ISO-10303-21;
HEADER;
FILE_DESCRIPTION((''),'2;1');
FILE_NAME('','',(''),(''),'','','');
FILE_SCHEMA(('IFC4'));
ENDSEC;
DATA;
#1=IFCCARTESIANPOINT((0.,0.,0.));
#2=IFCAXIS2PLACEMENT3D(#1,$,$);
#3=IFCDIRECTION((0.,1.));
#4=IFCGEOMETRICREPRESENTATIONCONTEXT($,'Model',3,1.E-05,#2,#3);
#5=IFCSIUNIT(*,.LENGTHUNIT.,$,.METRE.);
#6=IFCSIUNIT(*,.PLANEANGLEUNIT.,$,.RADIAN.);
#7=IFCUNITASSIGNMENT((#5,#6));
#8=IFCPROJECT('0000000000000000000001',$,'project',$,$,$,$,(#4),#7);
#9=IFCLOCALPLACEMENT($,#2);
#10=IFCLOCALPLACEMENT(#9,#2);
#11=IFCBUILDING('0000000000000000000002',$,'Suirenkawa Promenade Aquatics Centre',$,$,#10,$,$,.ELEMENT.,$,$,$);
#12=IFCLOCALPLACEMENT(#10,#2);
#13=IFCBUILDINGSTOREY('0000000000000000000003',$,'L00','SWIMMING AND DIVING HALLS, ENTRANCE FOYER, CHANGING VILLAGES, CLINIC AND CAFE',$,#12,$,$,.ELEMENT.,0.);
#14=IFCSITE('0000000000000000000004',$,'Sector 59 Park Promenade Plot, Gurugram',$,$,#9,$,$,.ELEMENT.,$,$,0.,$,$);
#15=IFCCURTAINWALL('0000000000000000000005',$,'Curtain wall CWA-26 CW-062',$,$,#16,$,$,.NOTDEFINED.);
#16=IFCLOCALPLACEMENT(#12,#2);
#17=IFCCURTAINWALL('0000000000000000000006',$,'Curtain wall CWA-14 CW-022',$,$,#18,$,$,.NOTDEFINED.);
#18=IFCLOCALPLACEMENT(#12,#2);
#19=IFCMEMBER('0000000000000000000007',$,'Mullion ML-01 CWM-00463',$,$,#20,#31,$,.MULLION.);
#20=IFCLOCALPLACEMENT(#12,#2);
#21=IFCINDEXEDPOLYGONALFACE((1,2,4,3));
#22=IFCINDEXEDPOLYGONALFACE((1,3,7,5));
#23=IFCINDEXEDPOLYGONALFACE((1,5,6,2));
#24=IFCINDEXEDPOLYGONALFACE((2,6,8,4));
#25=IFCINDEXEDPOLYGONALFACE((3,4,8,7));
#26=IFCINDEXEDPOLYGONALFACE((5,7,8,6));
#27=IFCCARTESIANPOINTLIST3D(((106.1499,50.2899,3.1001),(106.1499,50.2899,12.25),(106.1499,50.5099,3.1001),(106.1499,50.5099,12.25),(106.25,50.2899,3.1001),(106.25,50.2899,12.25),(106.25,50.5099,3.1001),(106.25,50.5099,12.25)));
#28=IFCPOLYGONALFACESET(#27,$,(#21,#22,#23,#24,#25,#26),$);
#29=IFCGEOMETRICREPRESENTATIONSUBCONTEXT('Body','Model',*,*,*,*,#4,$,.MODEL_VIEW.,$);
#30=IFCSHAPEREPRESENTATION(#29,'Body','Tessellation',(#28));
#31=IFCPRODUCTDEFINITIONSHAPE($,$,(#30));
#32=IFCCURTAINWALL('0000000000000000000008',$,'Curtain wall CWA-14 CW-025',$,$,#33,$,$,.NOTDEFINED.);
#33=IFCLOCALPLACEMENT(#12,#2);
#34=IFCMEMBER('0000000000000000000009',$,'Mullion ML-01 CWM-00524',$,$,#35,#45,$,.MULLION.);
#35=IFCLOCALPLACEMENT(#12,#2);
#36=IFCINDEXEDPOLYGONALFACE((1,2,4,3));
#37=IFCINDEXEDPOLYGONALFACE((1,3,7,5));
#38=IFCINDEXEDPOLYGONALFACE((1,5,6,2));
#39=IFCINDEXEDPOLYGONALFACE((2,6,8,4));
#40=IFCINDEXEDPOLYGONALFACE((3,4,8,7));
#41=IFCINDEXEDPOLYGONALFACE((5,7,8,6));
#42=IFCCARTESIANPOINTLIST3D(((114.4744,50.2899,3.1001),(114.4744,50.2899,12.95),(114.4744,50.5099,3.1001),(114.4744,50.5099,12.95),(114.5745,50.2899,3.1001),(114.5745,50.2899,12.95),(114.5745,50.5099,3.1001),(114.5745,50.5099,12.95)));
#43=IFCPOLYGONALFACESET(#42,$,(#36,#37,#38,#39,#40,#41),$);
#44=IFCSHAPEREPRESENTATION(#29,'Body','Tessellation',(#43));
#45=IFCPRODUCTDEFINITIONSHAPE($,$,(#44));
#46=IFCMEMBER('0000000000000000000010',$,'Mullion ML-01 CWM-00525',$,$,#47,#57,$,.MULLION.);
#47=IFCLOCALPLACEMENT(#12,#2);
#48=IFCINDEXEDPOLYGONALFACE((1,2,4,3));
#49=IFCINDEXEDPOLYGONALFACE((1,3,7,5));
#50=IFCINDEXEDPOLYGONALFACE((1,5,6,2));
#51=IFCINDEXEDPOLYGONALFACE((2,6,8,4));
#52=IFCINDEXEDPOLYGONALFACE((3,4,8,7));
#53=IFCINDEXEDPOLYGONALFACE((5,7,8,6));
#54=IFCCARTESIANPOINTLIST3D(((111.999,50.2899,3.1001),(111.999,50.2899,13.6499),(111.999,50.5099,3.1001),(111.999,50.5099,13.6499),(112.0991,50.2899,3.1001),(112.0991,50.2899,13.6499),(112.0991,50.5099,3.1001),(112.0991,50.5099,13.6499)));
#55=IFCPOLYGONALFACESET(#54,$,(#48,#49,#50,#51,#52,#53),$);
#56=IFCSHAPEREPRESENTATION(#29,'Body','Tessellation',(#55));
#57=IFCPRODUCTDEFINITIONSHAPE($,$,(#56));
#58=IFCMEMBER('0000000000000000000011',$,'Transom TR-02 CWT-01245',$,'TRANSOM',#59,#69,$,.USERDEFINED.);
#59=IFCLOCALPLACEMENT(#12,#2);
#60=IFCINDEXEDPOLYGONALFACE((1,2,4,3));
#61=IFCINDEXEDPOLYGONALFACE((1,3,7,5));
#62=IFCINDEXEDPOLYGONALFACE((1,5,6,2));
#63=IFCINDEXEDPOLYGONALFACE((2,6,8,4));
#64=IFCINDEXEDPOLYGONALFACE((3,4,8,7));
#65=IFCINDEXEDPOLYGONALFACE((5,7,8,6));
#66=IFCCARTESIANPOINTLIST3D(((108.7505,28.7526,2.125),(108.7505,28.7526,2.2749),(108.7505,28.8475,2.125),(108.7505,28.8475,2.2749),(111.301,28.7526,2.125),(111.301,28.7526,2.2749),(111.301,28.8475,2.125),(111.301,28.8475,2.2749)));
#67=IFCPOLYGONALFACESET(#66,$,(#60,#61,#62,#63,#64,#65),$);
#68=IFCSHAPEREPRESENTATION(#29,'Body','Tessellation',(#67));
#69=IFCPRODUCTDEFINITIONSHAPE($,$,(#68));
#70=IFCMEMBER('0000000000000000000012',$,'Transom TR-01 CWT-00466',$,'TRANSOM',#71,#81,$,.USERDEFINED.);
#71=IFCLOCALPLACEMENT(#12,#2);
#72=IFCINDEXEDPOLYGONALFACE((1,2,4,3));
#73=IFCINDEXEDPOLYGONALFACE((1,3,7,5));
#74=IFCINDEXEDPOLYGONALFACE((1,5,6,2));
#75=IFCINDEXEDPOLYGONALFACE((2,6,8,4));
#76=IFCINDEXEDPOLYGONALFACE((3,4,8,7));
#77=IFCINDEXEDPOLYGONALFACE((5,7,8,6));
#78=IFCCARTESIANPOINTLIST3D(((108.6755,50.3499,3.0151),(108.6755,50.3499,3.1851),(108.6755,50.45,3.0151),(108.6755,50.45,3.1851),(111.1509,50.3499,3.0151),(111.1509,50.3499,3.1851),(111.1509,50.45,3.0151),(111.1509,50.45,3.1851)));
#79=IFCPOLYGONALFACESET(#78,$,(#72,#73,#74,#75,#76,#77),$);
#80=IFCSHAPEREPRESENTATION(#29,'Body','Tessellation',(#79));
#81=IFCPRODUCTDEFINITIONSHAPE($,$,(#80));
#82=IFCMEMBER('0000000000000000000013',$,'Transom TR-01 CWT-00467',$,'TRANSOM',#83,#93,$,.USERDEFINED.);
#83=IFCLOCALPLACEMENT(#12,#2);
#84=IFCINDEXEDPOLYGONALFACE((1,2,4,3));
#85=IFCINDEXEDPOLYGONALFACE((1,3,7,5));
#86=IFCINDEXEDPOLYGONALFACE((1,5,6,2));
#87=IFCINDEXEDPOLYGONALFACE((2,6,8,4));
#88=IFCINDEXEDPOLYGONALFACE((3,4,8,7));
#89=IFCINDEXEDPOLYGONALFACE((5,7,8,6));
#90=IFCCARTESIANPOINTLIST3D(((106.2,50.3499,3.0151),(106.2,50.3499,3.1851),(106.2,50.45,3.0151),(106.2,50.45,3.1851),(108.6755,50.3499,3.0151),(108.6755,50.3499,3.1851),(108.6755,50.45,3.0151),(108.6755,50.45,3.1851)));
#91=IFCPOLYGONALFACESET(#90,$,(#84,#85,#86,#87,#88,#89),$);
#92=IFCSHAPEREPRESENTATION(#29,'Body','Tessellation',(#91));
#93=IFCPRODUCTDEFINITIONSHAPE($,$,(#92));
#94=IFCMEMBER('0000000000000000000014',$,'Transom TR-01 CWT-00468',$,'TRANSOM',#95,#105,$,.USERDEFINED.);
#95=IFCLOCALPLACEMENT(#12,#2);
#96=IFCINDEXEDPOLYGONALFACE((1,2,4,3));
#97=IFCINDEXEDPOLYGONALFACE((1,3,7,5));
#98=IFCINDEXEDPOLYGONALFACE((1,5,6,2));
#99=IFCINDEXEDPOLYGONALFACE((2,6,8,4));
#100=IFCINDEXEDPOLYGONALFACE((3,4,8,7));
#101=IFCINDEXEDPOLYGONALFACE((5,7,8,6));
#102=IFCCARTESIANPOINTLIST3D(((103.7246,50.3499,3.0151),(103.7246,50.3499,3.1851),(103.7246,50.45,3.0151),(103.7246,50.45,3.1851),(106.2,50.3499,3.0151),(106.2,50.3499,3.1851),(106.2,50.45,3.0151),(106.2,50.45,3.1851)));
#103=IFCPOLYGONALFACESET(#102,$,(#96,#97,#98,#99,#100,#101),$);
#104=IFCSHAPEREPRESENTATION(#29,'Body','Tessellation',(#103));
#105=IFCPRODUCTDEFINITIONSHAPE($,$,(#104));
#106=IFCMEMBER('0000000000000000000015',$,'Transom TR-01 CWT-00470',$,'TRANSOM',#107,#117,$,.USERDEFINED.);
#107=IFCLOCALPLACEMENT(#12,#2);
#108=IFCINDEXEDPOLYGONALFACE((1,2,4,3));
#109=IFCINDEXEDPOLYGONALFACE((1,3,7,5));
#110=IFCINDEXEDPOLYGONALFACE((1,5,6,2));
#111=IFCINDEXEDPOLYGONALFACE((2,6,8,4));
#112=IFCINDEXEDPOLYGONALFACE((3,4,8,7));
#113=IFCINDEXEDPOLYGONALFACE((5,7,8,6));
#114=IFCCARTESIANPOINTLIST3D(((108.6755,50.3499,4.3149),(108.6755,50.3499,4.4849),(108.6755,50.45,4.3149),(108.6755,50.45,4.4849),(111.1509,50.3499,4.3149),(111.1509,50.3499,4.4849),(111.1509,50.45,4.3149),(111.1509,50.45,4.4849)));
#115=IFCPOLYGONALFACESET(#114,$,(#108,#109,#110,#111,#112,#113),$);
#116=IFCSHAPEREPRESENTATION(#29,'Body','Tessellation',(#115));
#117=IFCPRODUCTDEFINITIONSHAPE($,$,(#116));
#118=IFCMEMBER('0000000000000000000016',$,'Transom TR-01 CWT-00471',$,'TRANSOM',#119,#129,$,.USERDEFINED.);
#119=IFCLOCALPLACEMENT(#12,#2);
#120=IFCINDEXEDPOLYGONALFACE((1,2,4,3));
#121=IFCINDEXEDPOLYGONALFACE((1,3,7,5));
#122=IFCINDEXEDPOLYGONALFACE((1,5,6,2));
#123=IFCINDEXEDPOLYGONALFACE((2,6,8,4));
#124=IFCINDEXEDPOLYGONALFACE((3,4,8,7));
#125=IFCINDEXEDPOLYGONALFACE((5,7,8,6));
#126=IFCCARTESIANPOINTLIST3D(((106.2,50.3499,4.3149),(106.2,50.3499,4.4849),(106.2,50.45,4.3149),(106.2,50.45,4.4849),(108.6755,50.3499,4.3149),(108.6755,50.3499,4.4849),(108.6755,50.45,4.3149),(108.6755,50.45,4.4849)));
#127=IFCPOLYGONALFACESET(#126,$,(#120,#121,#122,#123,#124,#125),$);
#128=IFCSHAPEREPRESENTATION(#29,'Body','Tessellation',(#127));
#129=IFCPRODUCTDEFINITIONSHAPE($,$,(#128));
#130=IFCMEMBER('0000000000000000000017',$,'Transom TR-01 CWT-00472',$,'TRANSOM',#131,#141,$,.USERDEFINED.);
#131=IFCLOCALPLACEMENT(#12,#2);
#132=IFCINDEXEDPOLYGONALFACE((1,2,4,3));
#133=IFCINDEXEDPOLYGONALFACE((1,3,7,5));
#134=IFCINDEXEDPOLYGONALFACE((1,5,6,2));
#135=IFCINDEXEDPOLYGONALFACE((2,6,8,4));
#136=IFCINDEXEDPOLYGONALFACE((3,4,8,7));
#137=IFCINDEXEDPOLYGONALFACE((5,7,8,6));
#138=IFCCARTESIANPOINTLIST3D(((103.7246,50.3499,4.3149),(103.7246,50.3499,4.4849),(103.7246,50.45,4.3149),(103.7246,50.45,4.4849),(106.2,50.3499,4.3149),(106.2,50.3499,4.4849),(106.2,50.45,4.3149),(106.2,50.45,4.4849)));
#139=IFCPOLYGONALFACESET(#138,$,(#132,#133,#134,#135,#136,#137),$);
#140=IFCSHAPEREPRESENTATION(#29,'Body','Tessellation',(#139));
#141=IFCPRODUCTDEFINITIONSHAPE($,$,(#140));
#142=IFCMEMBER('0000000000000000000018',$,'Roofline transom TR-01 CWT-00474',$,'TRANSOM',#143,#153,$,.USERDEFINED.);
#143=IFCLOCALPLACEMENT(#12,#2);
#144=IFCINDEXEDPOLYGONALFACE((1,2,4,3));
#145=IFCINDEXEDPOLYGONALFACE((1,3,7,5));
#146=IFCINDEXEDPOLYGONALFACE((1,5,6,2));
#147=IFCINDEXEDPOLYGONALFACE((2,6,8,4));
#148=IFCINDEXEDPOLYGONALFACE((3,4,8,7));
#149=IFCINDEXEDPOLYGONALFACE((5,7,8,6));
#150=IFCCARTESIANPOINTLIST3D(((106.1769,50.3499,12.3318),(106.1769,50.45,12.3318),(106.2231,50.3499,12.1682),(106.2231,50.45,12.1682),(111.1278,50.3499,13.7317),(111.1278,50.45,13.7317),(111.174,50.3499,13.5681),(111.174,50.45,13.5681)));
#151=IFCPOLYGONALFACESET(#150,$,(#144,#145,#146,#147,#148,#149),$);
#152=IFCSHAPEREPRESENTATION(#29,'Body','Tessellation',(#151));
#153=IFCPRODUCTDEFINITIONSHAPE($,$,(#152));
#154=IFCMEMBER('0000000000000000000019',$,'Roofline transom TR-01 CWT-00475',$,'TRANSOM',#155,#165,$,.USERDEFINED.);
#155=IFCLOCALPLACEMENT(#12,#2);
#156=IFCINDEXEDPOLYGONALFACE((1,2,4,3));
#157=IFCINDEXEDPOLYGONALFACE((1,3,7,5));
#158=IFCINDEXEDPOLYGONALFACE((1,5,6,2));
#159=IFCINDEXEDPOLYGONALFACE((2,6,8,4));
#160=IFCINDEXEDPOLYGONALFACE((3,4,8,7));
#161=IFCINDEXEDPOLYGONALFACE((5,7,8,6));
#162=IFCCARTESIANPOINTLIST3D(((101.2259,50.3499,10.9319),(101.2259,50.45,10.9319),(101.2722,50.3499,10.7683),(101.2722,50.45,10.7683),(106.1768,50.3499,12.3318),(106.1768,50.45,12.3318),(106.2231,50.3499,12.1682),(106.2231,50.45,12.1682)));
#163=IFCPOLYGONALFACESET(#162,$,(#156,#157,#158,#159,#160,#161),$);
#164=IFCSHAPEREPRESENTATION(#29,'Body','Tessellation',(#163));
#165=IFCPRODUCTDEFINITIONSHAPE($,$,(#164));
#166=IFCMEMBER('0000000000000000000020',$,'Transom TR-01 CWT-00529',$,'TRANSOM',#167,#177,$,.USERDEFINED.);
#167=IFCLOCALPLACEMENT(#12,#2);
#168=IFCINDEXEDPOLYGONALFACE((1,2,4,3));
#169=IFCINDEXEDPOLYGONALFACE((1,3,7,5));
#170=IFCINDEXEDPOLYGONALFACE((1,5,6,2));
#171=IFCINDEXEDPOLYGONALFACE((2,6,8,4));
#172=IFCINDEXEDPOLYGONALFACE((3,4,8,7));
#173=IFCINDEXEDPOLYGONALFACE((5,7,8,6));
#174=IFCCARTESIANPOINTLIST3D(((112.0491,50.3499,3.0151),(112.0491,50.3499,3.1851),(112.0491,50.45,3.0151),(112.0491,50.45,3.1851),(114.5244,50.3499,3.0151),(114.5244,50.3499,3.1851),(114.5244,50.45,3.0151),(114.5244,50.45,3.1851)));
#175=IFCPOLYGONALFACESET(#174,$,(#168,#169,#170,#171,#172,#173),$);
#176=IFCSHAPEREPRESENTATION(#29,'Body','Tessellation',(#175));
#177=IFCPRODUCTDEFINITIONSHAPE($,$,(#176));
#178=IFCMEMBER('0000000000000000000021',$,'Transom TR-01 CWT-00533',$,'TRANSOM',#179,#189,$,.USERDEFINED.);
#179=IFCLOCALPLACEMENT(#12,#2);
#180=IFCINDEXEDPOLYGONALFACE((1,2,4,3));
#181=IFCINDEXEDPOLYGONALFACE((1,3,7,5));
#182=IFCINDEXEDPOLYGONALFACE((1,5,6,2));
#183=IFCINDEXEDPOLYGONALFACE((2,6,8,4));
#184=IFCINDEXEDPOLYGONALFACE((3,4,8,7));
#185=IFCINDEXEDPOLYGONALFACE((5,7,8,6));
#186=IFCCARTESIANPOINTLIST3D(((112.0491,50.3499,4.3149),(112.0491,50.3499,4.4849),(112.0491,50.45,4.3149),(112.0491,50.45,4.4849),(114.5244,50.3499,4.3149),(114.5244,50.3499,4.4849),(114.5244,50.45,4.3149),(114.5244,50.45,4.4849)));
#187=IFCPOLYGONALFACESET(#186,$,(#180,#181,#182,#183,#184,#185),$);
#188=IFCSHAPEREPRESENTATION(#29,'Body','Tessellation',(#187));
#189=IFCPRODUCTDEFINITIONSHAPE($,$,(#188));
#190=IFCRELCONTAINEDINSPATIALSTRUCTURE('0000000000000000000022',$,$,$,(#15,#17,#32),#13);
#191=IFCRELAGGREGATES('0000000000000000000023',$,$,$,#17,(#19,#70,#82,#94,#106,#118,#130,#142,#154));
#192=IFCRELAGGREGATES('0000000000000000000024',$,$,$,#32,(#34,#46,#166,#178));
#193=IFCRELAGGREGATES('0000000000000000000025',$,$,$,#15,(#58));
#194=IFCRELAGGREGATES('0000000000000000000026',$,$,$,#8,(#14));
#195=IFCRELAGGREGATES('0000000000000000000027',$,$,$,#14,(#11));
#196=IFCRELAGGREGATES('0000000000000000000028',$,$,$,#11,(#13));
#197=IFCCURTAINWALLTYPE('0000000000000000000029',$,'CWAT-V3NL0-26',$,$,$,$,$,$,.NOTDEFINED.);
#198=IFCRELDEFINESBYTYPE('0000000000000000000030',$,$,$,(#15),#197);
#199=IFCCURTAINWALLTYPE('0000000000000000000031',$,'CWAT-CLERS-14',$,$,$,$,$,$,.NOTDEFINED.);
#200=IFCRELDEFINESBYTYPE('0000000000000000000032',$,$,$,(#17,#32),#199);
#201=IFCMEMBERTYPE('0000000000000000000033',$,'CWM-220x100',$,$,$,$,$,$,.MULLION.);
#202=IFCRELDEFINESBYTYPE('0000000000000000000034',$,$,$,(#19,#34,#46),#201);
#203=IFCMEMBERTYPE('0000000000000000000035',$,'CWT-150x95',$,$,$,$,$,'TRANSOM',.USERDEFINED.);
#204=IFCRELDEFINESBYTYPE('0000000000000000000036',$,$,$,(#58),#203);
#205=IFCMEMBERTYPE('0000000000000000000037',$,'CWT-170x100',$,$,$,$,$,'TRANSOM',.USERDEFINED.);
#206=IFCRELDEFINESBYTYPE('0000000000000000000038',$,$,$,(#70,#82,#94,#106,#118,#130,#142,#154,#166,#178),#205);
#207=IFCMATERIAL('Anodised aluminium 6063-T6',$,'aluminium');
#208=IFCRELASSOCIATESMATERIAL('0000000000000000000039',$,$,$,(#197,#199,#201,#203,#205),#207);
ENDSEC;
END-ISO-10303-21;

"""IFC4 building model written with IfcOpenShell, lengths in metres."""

from ifc_helpers import new_model, si_unit, direction, frame, origin, origin_2d, place, context, subcontext, project, spatial, rectangle, extrude, material, material_profile, profile_set, type_object, element, aggregate, save


model = new_model("IFC4")

# Units and contexts
model_context = context("Model", 3, precision=1e-05, world=origin(), true_north=direction((0.0, 1.0)))
body_context = subcontext(model_context, "Body", "Model", "MODEL_VIEW")
ifc_project = project(units=[si_unit("LENGTHUNIT", "METRE"), si_unit("PLANEANGLEUNIT", "RADIAN")], contexts=[model_context])

# Site, building, storey
site_placement = place(None, origin())
site = spatial("IfcSite", under=ifc_project, at=site_placement, Name="Sector 59 Park Promenade Plot, Gurugram", CompositionType="ELEMENT", RefElevation=0.0)
building_placement = place(site_placement, origin())
building = spatial("IfcBuilding", under=site, at=building_placement, Name="Suirenkawa Promenade Aquatics Centre", CompositionType="ELEMENT")
storey_placement = place(building_placement, origin())
storey = spatial("IfcBuildingStorey", under=building, at=storey_placement, Name="L00", Description="SWIMMING AND DIVING HALLS, ENTRANCE FOYER, CHANGING VILLAGES, CLINIC AND CAFE", CompositionType="ELEMENT", Elevation=0.0)

# Curtain wall
ifc_material_1 = material(Name="Anodised aluminium 6063-T6", Category="aluminium")
curtain_wall_type_1 = type_object("IfcCurtainWallType", Name="CWAT-V3NL0-26", PredefinedType="NOTDEFINED", material=ifc_material_1)
curtain_wall_1_placement = place(storey_placement, origin())
curtain_wall_1 = element("IfcCurtainWall", 1, at=curtain_wall_1_placement, inside=storey, type_object=curtain_wall_type_1, Name="Curtain wall CWA-26 CW-062", PredefinedType="NOTDEFINED")

# Curtain walls, members
curtain_wall_type_2 = type_object("IfcCurtainWallType", Name="CWAT-CLERS-14", PredefinedType="NOTDEFINED", material=ifc_material_1)
curtain_wall_2_placement = place(storey_placement, origin())
curtain_wall_2 = element("IfcCurtainWall", 2, at=curtain_wall_2_placement, inside=storey, type_object=curtain_wall_type_2, Name="Curtain wall CWA-14 CW-022", PredefinedType="NOTDEFINED")
ifc_material_profile_1 = material_profile(ifc_material_1, rectangle(XDim=0.1001, YDim=0.22, at=origin_2d()), Name="ALU MULL 100x220", Category="aluminium")
ifc_profile_set_1 = profile_set([ifc_material_profile_1], Name="Anodised aluminium 6063-T6")
member_type_1 = type_object("IfcMemberType", Name="CWM-220x100", PredefinedType="MULLION", material=ifc_profile_set_1)
member_1_placement = place(storey_placement, frame((106.2, 50.3999, 3.1001), z_axis=(0.0, 0.0, 1.0), x_axis=(-1.0, 0.0, 0.0)))
member_1 = element("IfcMember", 3, at=member_1_placement, type_object=member_type_1, Name="Mullion ML-01 CWM-00463", PredefinedType="MULLION", context=body_context, shape_type="SweptSolid", body=[
    extrude(rectangle(XDim=0.1001, YDim=0.22, at=origin_2d()), origin(), (0.0, 0.0, 1.0), 9.1499),
])
curtain_wall_3_placement = place(storey_placement, origin())
curtain_wall_3 = element("IfcCurtainWall", 4, at=curtain_wall_3_placement, inside=storey, type_object=curtain_wall_type_2, Name="Curtain wall CWA-14 CW-025", PredefinedType="NOTDEFINED")
member_2_placement = place(storey_placement, frame((114.5244, 50.3999, 3.1001), z_axis=(0.0, 0.0, 1.0), x_axis=(-1.0, 0.0, 0.0)))
member_2 = element("IfcMember", 5, at=member_2_placement, type_object=member_type_1, Name="Mullion ML-01 CWM-00524", PredefinedType="MULLION", context=body_context, shape_type="SweptSolid", body=[
    extrude(rectangle(XDim=0.1001, YDim=0.22, at=origin_2d()), origin(), (0.0, 0.0, 1.0), 9.8499),
])
member_3_placement = place(storey_placement, frame((112.0491, 50.3999, 3.1001), z_axis=(0.0, 0.0, 1.0), x_axis=(-1.0, 0.0, 0.0)))
member_3 = element("IfcMember", 6, at=member_3_placement, type_object=member_type_1, Name="Mullion ML-01 CWM-00525", PredefinedType="MULLION", context=body_context, shape_type="SweptSolid", body=[
    extrude(rectangle(XDim=0.1001, YDim=0.22, at=origin_2d()), origin(), (0.0, 0.0, 1.0), 10.5498),
])

# Members
ifc_material_profile_2 = material_profile(ifc_material_1, rectangle(XDim=0.095, YDim=0.1499, at=origin_2d()), Name="ALU TRAN 95x150", Category="aluminium")
ifc_profile_set_2 = profile_set([ifc_material_profile_2], Name="Anodised aluminium 6063-T6")
member_type_2 = type_object("IfcMemberType", Name="CWT-150x95", ElementType="TRANSOM", PredefinedType="USERDEFINED", material=ifc_profile_set_2)
member_4_placement = place(storey_placement, frame((108.7505, 28.8, 2.2), z_axis=(1.0, 0.0, 0.0), x_axis=(0.0, 1.0, 0.0)))
member_4 = element("IfcMember", 7, at=member_4_placement, type_object=member_type_2, Name="Transom TR-02 CWT-01245", ObjectType="TRANSOM", PredefinedType="USERDEFINED", context=body_context, shape_type="SweptSolid", body=[
    extrude(rectangle(XDim=0.095, YDim=0.1499, at=origin_2d()), origin(), (0.0, 0.0, 1.0), 2.5505),
])
ifc_material_profile_3 = material_profile(ifc_material_1, rectangle(XDim=0.1001, YDim=0.1699, at=origin_2d()), Name="ALU TRAN 100x170", Category="aluminium")
ifc_profile_set_3 = profile_set([ifc_material_profile_3], Name="Anodised aluminium 6063-T6")
member_type_3 = type_object("IfcMemberType", Name="CWT-170x100", ElementType="TRANSOM", PredefinedType="USERDEFINED", material=ifc_profile_set_3)
member_5_placement = place(storey_placement, frame((111.1509, 50.3999, 3.1001), z_axis=(-1.0, 0.0, 0.0), x_axis=(0.0, -1.0, 0.0)))
member_5 = element("IfcMember", 8, at=member_5_placement, type_object=member_type_3, Name="Transom TR-01 CWT-00466", ObjectType="TRANSOM", PredefinedType="USERDEFINED", context=body_context, shape_type="SweptSolid", body=[
    extrude(rectangle(XDim=0.1001, YDim=0.1699, at=origin_2d()), origin(), (0.0, 0.0, 1.0), 2.4753),
])
member_6_placement = place(storey_placement, frame((108.6755, 50.3999, 3.1001), z_axis=(-1.0, 0.0, 0.0), x_axis=(0.0, -1.0, 0.0)))
member_6 = element("IfcMember", 9, at=member_6_placement, type_object=member_type_3, Name="Transom TR-01 CWT-00467", ObjectType="TRANSOM", PredefinedType="USERDEFINED", context=body_context, shape_type="SweptSolid", body=[
    extrude(rectangle(XDim=0.1001, YDim=0.1699, at=origin_2d()), origin(), (0.0, 0.0, 1.0), 2.4756),
])
member_7_placement = place(storey_placement, frame((106.2, 50.3999, 3.1001), z_axis=(-1.0, 0.0, 0.0), x_axis=(0.0, -1.0, 0.0)))
member_7 = element("IfcMember", 10, at=member_7_placement, type_object=member_type_3, Name="Transom TR-01 CWT-00468", ObjectType="TRANSOM", PredefinedType="USERDEFINED", context=body_context, shape_type="SweptSolid", body=[
    extrude(rectangle(XDim=0.1001, YDim=0.1699, at=origin_2d()), origin(), (0.0, 0.0, 1.0), 2.4753),
])
member_8_placement = place(storey_placement, frame((111.1509, 50.3999, 4.3999), z_axis=(-1.0, 0.0, 0.0), x_axis=(0.0, -1.0, 0.0)))
member_8 = element("IfcMember", 11, at=member_8_placement, type_object=member_type_3, Name="Transom TR-01 CWT-00470", ObjectType="TRANSOM", PredefinedType="USERDEFINED", context=body_context, shape_type="SweptSolid", body=[
    extrude(rectangle(XDim=0.1001, YDim=0.1699, at=origin_2d()), origin(), (0.0, 0.0, 1.0), 2.4753),
])
member_9_placement = place(storey_placement, frame((108.6755, 50.3999, 4.3999), z_axis=(-1.0, 0.0, 0.0), x_axis=(0.0, -1.0, 0.0)))
member_9 = element("IfcMember", 12, at=member_9_placement, type_object=member_type_3, Name="Transom TR-01 CWT-00471", ObjectType="TRANSOM", PredefinedType="USERDEFINED", context=body_context, shape_type="SweptSolid", body=[
    extrude(rectangle(XDim=0.1001, YDim=0.1699, at=origin_2d()), origin(), (0.0, 0.0, 1.0), 2.4756),
])
member_10_placement = place(storey_placement, frame((106.2, 50.3999, 4.3999), z_axis=(-1.0, 0.0, 0.0), x_axis=(0.0, -1.0, 0.0)))
member_10 = element("IfcMember", 13, at=member_10_placement, type_object=member_type_3, Name="Transom TR-01 CWT-00472", ObjectType="TRANSOM", PredefinedType="USERDEFINED", context=body_context, shape_type="SweptSolid", body=[
    extrude(rectangle(XDim=0.1001, YDim=0.1699, at=origin_2d()), origin(), (0.0, 0.0, 1.0), 2.4753),
])
member_11_placement = place(storey_placement, frame((111.1509, 50.3999, 13.6499), z_axis=(-0.962272, 0.0, -0.272088), x_axis=(0.0, -1.0, 0.0)))
member_11 = element("IfcMember", 14, at=member_11_placement, type_object=member_type_3, Name="Roofline transom TR-01 CWT-00474", ObjectType="TRANSOM", PredefinedType="USERDEFINED", context=body_context, shape_type="SweptSolid", body=[
    extrude(rectangle(XDim=0.1001, YDim=0.1699, at=origin_2d()), origin(), (0.0, 0.0, 1.0), 5.145),
])
member_12_placement = place(storey_placement, frame((106.2, 50.3999, 12.25), z_axis=(-0.962272, 0.0, -0.272088), x_axis=(0.0, -1.0, 0.0)))
member_12 = element("IfcMember", 15, at=member_12_placement, type_object=member_type_3, Name="Roofline transom TR-01 CWT-00475", ObjectType="TRANSOM", PredefinedType="USERDEFINED", context=body_context, shape_type="SweptSolid", body=[
    extrude(rectangle(XDim=0.1001, YDim=0.1699, at=origin_2d()), origin(), (0.0, 0.0, 1.0), 5.145),
])
member_13_placement = place(storey_placement, frame((114.5244, 50.3999, 3.1001), z_axis=(-1.0, 0.0, 0.0), x_axis=(0.0, -1.0, 0.0)))
member_13 = element("IfcMember", 16, at=member_13_placement, type_object=member_type_3, Name="Transom TR-01 CWT-00529", ObjectType="TRANSOM", PredefinedType="USERDEFINED", context=body_context, shape_type="SweptSolid", body=[
    extrude(rectangle(XDim=0.1001, YDim=0.1699, at=origin_2d()), origin(), (0.0, 0.0, 1.0), 2.4753),
])
member_14_placement = place(storey_placement, frame((114.5244, 50.3999, 4.3999), z_axis=(-1.0, 0.0, 0.0), x_axis=(0.0, -1.0, 0.0)))
member_14 = element("IfcMember", 17, at=member_14_placement, type_object=member_type_3, Name="Transom TR-01 CWT-00533", ObjectType="TRANSOM", PredefinedType="USERDEFINED", context=body_context, shape_type="SweptSolid", body=[
    extrude(rectangle(XDim=0.1001, YDim=0.1699, at=origin_2d()), origin(), (0.0, 0.0, 1.0), 2.4753),
])

aggregate(curtain_wall_2, [member_1, member_5, member_6, member_7, member_8, member_9, member_10, member_11, member_12])
aggregate(curtain_wall_3, [member_2, member_3, member_13, member_14])
aggregate(curtain_wall_1, [member_4])

save(model, "model.ifc")
